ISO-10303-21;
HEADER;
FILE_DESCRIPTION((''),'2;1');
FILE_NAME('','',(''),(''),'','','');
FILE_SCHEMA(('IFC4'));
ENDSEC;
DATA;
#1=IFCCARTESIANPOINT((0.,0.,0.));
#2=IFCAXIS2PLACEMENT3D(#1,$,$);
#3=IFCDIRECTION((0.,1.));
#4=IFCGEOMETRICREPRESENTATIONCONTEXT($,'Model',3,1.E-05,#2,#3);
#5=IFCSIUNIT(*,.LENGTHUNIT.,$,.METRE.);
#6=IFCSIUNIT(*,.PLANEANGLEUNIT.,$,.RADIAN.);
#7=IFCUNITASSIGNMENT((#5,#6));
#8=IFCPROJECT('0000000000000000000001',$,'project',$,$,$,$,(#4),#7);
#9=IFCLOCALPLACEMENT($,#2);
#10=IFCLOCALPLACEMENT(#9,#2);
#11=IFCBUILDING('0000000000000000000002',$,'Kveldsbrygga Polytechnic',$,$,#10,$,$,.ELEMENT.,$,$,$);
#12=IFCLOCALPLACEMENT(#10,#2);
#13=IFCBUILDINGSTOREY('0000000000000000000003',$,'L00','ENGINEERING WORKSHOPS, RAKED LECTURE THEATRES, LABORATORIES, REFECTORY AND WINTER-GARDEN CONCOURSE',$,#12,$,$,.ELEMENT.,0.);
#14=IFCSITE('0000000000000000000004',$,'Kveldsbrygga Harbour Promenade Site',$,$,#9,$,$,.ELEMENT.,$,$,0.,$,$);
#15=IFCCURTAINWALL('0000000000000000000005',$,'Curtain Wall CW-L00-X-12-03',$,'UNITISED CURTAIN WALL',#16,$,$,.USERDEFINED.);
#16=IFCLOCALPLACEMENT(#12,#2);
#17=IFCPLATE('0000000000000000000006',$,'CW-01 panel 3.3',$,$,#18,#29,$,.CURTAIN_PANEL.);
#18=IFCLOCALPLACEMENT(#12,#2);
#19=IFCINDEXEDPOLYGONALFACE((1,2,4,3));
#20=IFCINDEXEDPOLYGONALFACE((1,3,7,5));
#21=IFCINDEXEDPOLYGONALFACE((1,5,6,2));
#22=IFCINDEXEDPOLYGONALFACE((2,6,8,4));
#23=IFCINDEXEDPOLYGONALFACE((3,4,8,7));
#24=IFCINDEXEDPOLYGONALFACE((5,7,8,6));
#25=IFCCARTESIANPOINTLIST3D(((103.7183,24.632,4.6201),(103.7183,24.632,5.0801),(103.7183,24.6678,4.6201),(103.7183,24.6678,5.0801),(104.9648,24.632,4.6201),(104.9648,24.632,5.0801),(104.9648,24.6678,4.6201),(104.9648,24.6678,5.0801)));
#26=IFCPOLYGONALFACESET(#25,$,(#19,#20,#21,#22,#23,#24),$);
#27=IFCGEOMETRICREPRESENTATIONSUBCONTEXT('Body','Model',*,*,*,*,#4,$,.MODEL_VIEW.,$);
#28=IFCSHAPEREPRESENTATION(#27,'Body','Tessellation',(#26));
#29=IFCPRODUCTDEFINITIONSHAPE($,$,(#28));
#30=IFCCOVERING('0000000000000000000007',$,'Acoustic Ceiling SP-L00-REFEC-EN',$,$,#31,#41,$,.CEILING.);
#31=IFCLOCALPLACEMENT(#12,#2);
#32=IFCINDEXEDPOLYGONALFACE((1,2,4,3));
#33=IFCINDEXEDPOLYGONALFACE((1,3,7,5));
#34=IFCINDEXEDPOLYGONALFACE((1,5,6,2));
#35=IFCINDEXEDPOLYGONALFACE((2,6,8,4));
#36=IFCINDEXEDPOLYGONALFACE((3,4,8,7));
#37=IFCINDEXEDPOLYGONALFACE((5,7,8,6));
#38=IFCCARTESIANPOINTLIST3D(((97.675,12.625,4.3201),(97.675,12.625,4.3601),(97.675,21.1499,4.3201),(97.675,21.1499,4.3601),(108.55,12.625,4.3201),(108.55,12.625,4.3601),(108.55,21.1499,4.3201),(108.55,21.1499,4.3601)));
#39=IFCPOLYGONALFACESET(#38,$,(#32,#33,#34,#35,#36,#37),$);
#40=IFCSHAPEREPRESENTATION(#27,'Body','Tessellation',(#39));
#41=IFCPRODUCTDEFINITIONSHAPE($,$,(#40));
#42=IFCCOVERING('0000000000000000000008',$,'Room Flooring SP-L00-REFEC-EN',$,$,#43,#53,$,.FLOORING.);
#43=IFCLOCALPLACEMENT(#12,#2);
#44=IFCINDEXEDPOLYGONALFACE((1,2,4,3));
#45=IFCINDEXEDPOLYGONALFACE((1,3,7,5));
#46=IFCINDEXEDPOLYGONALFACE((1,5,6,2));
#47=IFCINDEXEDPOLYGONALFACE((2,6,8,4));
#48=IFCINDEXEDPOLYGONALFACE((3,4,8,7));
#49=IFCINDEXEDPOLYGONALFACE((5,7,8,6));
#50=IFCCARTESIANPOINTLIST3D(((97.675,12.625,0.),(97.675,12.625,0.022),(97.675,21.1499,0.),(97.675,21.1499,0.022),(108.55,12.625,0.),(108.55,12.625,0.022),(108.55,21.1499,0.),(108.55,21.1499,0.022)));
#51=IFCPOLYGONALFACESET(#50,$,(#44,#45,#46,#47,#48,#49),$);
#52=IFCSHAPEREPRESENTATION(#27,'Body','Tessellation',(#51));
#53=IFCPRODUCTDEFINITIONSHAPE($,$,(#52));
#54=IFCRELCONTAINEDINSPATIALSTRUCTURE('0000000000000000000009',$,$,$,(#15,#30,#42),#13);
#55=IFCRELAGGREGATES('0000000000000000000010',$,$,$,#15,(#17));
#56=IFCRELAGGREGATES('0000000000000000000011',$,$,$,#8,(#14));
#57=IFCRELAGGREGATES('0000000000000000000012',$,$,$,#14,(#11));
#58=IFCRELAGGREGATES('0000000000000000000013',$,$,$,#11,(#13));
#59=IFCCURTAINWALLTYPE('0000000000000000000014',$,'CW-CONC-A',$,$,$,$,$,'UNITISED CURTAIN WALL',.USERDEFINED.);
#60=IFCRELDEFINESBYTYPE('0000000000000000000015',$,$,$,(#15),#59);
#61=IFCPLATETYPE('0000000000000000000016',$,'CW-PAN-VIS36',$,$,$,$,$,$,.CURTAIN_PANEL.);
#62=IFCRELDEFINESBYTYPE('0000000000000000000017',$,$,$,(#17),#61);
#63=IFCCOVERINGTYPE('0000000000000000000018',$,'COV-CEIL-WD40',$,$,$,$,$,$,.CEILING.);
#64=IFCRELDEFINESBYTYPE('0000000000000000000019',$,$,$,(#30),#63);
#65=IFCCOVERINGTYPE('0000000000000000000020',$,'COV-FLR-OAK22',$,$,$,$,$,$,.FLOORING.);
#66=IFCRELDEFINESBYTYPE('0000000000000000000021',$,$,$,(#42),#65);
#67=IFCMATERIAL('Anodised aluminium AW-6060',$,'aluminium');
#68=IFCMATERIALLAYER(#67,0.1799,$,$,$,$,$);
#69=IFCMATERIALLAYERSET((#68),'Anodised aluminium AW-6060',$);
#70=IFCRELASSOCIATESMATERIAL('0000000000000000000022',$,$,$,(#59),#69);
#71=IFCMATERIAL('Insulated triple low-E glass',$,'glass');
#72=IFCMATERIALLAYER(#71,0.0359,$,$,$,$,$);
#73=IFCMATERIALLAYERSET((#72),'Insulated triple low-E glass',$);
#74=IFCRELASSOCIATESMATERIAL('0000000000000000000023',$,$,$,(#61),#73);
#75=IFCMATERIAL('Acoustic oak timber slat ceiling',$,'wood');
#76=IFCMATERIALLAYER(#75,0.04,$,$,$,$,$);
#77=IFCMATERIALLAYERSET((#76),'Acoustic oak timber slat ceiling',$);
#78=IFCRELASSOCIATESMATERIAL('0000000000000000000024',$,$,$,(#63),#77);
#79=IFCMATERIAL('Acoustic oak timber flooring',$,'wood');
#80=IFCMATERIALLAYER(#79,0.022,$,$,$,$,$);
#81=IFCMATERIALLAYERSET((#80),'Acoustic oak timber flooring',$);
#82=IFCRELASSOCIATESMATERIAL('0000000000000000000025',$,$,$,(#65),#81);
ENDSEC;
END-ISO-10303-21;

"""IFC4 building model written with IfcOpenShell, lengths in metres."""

from ifc_helpers import new_model, si_unit, direction, frame, origin, origin_2d, place, context, subcontext, project, spatial, rectangle, extrude, material, layer, layer_set, type_object, element, aggregate, save


model = new_model("IFC4")

# Units and contexts
model_context = context("Model", 3, precision=1e-05, world=origin(), true_north=direction((0.0, 1.0)))
body_context = subcontext(model_context, "Body", "Model", "MODEL_VIEW")
ifc_project = project(units=[si_unit("LENGTHUNIT", "METRE"), si_unit("PLANEANGLEUNIT", "RADIAN")], contexts=[model_context])

# Site, building, storey
site_placement = place(None, origin())
site = spatial("IfcSite", under=ifc_project, at=site_placement, Name="Kveldsbrygga Harbour Promenade Site", CompositionType="ELEMENT", RefElevation=0.0)
building_placement = place(site_placement, origin())
building = spatial("IfcBuilding", under=site, at=building_placement, Name="Kveldsbrygga Polytechnic", CompositionType="ELEMENT")
storey_placement = place(building_placement, origin())
storey = spatial("IfcBuildingStorey", under=building, at=storey_placement, Name="L00", Description="ENGINEERING WORKSHOPS, RAKED LECTURE THEATRES, LABORATORIES, REFECTORY AND WINTER-GARDEN CONCOURSE", CompositionType="ELEMENT", Elevation=0.0)

# Curtain wall
ifc_material_1 = material(Name="Anodised aluminium AW-6060", Category="aluminium")
ifc_layer_1 = layer(ifc_material_1, 0.1799)
ifc_layer_set_1 = layer_set([ifc_layer_1], Name="Anodised aluminium AW-6060")
curtain_wall_type = type_object("IfcCurtainWallType", Name="CW-CONC-A", ElementType="UNITISED CURTAIN WALL", PredefinedType="USERDEFINED", material=ifc_layer_set_1)
curtain_wall_placement = place(storey_placement, origin())
curtain_wall = element("IfcCurtainWall", 1, at=curtain_wall_placement, inside=storey, type_object=curtain_wall_type, Name="Curtain Wall CW-L00-X-12-03", ObjectType="UNITISED CURTAIN WALL", PredefinedType="USERDEFINED")

# Plate
ifc_material_2 = material(Name="Insulated triple low-E glass", Category="glass")
ifc_layer_2 = layer(ifc_material_2, 0.0359)
ifc_layer_set_2 = layer_set([ifc_layer_2], Name="Insulated triple low-E glass")
plate_type = type_object("IfcPlateType", Name="CW-PAN-VIS36", PredefinedType="CURTAIN_PANEL", material=ifc_layer_set_2)
plate_1_placement = place(storey_placement, frame((104.3416, 24.6499, 4.6201), z_axis=(0.0, 0.0, 1.0), x_axis=(1.0, 0.0, 0.0)))
plate_1 = element("IfcPlate", 2, at=plate_1_placement, type_object=plate_type, Name="CW-01 panel 3.3", PredefinedType="CURTAIN_PANEL", context=body_context, shape_type="SweptSolid", body=[
    extrude(rectangle(XDim=1.2466, YDim=0.0359, at=origin_2d()), origin(), (0.0, 0.0, 1.0), 0.46),
])
aggregate(curtain_wall, [plate_1])

# Coverings
ifc_material_3 = material(Name="Acoustic oak timber slat ceiling", Category="wood")
ifc_layer_3 = layer(ifc_material_3, 0.04)
ifc_layer_set_3 = layer_set([ifc_layer_3], Name="Acoustic oak timber slat ceiling")
covering_type_1 = type_object("IfcCoveringType", Name="COV-CEIL-WD40", PredefinedType="CEILING", material=ifc_layer_set_3)
covering_1_placement = place(storey_placement, frame((103.1125, 16.8875, 4.3201), z_axis=(0.0, 0.0, 1.0), x_axis=(1.0, 0.0, 0.0)))
element("IfcCovering", 3, at=covering_1_placement, inside=storey, type_object=covering_type_1, Name="Acoustic Ceiling SP-L00-REFEC-EN", PredefinedType="CEILING", context=body_context, shape_type="SweptSolid", body=[
    extrude(rectangle(XDim=10.875, YDim=8.5249, at=origin_2d()), origin(), (0.0, 0.0, 1.0), 0.04),
])
ifc_material_4 = material(Name="Acoustic oak timber flooring", Category="wood")
ifc_layer_4 = layer(ifc_material_4, 0.022)
ifc_layer_set_4 = layer_set([ifc_layer_4], Name="Acoustic oak timber flooring")
covering_type_2 = type_object("IfcCoveringType", Name="COV-FLR-OAK22", PredefinedType="FLOORING", material=ifc_layer_set_4)
covering_2_placement = place(storey_placement, frame((103.1125, 16.8875, 0.0), z_axis=(0.0, 0.0, 1.0), x_axis=(1.0, 0.0, 0.0)))
element("IfcCovering", 4, at=covering_2_placement, inside=storey, type_object=covering_type_2, Name="Room Flooring SP-L00-REFEC-EN", PredefinedType="FLOORING", context=body_context, shape_type="SweptSolid", body=[
    extrude(rectangle(XDim=10.875, YDim=8.5249, at=origin_2d()), origin(), (0.0, 0.0, 1.0), 0.022),
])

save(model, "model.ifc")
